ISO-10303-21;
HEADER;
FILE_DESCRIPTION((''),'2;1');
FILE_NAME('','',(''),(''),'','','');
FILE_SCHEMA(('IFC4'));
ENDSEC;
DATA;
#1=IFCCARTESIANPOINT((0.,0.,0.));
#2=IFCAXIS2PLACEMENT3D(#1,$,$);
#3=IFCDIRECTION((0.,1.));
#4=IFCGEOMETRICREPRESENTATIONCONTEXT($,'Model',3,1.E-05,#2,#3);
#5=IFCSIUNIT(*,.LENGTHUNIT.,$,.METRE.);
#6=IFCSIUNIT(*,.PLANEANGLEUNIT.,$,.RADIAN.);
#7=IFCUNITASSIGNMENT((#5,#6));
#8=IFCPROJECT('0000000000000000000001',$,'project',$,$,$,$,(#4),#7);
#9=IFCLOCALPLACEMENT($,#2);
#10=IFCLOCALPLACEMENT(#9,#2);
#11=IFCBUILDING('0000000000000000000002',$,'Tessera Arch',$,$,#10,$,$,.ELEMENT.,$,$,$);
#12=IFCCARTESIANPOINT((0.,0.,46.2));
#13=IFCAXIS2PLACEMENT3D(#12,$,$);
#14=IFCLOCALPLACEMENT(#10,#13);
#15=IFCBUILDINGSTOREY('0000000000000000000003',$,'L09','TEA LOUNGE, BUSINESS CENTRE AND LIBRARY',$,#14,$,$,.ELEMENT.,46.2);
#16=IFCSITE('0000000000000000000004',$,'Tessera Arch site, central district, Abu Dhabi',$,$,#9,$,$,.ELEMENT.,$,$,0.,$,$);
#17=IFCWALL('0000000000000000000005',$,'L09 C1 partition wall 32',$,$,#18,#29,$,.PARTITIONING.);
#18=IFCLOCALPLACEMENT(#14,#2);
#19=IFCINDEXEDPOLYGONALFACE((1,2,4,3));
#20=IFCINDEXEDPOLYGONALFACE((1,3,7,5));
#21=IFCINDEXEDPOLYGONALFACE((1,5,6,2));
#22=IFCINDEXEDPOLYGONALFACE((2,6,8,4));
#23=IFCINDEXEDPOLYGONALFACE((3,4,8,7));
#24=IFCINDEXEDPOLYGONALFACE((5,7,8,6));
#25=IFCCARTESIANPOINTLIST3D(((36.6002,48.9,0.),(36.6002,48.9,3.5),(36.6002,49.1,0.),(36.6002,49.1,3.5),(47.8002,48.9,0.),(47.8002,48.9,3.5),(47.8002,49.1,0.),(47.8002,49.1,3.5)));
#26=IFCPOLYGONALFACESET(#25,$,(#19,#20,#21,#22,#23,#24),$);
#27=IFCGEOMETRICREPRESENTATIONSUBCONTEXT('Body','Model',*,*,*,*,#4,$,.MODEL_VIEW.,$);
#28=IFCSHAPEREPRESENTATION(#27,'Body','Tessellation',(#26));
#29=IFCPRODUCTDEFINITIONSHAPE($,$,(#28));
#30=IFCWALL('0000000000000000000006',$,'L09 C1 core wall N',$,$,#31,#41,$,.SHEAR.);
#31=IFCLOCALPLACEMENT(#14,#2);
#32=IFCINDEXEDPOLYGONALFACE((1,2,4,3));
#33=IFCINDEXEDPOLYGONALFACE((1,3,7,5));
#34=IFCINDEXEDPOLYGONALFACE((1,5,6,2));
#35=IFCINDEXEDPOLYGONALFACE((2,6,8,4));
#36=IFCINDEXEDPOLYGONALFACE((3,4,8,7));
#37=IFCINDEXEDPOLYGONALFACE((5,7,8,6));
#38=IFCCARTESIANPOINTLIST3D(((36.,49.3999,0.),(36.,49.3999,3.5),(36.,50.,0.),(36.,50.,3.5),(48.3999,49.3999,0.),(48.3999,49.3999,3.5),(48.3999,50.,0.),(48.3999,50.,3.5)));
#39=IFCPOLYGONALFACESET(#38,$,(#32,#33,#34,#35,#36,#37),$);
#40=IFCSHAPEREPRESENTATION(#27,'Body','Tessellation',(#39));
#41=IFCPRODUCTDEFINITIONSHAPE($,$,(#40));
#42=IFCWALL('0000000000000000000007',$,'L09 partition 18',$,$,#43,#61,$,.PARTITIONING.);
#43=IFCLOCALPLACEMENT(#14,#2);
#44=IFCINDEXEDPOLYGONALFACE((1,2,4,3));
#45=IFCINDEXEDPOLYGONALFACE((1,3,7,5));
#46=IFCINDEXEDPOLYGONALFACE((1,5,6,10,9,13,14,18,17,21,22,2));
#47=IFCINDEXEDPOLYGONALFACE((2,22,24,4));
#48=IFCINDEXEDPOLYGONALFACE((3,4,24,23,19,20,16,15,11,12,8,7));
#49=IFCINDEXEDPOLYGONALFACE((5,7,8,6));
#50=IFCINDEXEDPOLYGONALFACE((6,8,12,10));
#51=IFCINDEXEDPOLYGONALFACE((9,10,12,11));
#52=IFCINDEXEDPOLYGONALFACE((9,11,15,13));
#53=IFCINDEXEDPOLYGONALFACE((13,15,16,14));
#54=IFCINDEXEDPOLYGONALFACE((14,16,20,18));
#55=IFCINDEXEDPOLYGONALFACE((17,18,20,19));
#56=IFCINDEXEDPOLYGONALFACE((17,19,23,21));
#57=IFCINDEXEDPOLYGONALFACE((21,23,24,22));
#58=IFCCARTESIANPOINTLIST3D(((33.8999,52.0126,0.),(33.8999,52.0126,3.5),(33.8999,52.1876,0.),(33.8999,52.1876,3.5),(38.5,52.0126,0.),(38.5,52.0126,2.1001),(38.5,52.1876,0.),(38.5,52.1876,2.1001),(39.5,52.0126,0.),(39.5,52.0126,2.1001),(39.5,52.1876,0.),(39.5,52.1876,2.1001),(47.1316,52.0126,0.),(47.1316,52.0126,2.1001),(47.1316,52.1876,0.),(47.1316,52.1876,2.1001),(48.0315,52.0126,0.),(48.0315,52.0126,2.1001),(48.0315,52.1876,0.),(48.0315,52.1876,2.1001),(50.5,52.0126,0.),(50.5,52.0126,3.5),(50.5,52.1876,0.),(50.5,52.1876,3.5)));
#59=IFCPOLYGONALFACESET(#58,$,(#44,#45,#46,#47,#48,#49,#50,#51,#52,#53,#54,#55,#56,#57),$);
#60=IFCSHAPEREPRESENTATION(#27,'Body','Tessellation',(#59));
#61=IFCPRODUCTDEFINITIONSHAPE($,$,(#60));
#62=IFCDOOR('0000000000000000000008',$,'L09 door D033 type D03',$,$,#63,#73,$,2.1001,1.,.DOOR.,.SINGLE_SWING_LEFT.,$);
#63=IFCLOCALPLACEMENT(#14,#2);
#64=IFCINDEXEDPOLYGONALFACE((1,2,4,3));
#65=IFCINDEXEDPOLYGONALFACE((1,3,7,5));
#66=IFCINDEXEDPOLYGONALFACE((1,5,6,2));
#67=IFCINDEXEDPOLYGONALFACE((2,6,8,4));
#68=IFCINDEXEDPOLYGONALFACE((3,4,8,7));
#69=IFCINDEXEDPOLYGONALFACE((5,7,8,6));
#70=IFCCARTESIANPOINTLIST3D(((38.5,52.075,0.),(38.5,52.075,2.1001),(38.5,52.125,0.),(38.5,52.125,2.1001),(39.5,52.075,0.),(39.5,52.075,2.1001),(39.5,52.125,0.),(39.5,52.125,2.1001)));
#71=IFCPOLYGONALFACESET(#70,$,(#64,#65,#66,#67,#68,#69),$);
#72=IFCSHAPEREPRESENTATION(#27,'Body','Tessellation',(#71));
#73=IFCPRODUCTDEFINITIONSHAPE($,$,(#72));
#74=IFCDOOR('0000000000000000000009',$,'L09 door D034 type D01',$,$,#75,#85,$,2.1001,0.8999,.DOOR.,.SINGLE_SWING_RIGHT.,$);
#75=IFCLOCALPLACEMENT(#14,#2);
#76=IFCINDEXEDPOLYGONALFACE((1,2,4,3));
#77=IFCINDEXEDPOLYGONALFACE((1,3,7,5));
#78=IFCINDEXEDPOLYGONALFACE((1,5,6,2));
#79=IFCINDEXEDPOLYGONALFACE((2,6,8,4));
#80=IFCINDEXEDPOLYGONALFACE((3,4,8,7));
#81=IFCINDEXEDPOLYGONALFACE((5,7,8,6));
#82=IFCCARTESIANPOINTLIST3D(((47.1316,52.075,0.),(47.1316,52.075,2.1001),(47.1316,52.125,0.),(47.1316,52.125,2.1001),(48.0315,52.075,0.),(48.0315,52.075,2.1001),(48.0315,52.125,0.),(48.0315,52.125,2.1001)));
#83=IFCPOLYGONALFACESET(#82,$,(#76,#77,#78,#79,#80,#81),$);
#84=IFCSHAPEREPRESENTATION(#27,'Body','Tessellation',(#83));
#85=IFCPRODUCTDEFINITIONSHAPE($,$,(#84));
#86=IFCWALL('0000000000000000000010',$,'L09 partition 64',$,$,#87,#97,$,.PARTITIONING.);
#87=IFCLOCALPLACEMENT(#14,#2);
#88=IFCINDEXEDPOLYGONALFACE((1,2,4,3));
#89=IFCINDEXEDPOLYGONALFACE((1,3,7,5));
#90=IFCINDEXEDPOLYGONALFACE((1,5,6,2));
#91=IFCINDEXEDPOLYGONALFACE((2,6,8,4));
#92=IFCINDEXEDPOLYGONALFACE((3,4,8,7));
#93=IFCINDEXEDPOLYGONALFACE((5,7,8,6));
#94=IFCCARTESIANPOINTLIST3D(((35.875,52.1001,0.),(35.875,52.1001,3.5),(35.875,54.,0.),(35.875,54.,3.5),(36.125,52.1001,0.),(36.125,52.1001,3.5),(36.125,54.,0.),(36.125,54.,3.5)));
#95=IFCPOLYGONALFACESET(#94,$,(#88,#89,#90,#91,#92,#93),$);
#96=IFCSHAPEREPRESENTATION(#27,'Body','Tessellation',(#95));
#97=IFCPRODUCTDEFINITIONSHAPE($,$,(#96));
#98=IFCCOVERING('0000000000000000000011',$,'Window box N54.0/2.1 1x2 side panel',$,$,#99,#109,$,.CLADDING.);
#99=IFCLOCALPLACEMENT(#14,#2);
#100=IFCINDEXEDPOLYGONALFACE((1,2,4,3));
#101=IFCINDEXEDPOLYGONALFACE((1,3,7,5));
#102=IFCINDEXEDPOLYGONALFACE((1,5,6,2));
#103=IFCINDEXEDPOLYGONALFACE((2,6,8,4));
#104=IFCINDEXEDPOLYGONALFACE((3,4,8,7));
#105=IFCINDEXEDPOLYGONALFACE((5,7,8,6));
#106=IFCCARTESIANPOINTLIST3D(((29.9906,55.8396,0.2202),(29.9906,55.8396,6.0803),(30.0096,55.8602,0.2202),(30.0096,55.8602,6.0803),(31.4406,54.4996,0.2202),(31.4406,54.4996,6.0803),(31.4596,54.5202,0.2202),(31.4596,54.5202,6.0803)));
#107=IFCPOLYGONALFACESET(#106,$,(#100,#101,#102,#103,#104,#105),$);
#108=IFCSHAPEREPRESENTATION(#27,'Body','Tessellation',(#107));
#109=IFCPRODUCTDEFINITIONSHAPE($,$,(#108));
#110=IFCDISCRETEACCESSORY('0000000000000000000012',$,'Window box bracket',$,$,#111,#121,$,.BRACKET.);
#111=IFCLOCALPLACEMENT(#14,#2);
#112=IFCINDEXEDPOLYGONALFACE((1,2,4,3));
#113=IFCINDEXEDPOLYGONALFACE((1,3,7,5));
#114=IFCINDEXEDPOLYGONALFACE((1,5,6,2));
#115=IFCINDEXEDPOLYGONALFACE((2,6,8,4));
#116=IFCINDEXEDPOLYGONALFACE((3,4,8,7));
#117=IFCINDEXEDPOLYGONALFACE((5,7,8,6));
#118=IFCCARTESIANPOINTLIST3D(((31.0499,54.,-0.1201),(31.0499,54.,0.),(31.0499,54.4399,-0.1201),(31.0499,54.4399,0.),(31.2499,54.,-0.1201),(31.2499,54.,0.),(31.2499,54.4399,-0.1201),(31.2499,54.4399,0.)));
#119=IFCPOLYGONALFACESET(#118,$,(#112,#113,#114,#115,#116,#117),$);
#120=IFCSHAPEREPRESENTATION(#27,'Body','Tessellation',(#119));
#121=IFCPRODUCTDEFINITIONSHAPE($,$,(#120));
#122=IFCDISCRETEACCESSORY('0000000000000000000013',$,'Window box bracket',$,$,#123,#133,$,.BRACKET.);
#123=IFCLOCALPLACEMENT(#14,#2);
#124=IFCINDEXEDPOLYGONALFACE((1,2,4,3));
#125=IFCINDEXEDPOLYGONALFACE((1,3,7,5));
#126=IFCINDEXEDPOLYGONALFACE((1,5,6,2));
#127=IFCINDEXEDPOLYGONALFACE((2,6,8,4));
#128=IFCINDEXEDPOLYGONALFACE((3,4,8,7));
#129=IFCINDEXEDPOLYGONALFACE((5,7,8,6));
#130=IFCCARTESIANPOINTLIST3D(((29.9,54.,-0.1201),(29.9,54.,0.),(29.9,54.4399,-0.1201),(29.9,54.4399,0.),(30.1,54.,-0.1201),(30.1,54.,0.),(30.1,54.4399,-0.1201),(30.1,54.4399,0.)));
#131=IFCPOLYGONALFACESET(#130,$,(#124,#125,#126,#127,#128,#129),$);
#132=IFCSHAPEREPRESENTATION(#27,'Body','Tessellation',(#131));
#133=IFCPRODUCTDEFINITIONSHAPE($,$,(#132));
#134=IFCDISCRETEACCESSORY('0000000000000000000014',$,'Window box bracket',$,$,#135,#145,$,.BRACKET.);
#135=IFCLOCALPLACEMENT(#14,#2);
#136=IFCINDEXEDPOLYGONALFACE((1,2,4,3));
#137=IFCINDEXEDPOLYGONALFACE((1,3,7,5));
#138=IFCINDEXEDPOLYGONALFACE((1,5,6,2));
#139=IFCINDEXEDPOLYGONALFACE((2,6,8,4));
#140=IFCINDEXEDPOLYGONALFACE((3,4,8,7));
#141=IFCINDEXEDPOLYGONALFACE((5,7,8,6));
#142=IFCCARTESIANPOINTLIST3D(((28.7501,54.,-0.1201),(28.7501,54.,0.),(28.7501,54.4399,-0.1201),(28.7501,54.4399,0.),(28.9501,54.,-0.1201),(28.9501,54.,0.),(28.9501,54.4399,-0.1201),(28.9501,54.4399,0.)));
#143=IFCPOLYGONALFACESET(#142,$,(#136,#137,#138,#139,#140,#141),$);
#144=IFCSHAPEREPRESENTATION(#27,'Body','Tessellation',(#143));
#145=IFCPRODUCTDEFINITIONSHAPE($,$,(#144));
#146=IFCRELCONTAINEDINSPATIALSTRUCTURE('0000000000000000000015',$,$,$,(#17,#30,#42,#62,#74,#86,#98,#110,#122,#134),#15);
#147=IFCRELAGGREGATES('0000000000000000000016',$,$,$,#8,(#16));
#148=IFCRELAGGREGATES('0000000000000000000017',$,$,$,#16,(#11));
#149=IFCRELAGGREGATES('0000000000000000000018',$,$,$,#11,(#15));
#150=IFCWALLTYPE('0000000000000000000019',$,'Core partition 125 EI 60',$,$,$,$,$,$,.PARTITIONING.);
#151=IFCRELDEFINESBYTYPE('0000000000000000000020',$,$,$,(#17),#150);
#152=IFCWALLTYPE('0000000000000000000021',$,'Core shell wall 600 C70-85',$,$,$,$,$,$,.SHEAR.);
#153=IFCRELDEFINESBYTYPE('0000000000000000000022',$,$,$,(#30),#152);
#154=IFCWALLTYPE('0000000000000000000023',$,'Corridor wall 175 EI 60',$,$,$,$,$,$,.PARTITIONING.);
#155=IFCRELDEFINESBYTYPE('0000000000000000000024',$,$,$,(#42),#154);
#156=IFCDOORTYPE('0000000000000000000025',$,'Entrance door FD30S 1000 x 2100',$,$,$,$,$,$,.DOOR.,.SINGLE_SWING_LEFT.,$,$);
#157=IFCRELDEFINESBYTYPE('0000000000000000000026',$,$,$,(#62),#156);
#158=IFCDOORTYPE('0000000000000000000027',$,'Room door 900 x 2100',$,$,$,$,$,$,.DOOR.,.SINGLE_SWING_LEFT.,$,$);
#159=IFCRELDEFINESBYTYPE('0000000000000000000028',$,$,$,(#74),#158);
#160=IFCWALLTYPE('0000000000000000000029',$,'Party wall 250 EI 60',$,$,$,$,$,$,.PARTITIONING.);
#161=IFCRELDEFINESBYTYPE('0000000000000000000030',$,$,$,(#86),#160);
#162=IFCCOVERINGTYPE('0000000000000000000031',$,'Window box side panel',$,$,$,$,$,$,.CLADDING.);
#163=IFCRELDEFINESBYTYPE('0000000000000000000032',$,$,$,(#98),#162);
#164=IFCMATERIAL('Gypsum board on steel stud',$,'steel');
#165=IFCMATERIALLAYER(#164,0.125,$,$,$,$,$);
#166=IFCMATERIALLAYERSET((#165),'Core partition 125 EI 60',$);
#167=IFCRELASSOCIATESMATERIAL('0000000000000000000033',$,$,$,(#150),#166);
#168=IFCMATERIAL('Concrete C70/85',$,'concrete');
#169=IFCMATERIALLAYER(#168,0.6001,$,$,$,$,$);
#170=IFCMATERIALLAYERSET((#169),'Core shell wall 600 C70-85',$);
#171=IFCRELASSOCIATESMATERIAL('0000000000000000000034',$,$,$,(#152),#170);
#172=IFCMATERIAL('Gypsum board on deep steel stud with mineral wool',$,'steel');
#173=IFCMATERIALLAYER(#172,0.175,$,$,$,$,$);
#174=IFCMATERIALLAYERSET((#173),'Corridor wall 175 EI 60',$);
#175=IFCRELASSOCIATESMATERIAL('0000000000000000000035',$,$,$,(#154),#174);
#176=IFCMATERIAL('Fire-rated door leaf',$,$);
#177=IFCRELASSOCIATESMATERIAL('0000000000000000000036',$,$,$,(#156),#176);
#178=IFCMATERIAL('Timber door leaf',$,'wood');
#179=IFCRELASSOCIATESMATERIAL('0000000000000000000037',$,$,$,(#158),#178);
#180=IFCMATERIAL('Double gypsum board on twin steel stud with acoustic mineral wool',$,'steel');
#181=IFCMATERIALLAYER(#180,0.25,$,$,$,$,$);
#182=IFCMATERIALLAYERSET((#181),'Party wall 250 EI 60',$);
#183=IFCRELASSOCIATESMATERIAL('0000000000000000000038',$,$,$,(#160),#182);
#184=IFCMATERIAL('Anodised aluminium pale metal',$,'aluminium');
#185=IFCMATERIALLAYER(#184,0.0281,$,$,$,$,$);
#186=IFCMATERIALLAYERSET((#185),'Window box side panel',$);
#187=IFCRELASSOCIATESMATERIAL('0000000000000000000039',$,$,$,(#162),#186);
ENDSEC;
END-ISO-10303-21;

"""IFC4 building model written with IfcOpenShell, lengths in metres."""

from ifc_helpers import new_model, si_unit, direction, frame, frame_2d, origin, origin_2d, place, context, subcontext, project, spatial, rectangle, extrude, material, layer, layer_set, type_object, element, fill, save


model = new_model("IFC4")

# Units and contexts
model_context = context("Model", 3, precision=1e-05, world=origin(), true_north=direction((0.0, 1.0)))
body_context = subcontext(model_context, "Body", "Model", "MODEL_VIEW")
ifc_project = project(units=[si_unit("LENGTHUNIT", "METRE"), si_unit("PLANEANGLEUNIT", "RADIAN")], contexts=[model_context])

# Site, building, storey
site_placement = place(None, origin())
site = spatial("IfcSite", under=ifc_project, at=site_placement, Name="Tessera Arch site, central district, Abu Dhabi", CompositionType="ELEMENT", RefElevation=0.0)
building_placement = place(site_placement, origin())
building = spatial("IfcBuilding", under=site, at=building_placement, Name="Tessera Arch", CompositionType="ELEMENT")
storey_placement = place(building_placement, frame((0.0, 0.0, 46.2)))
storey = spatial("IfcBuildingStorey", under=building, at=storey_placement, Name="L09", Description="TEA LOUNGE, BUSINESS CENTRE AND LIBRARY", CompositionType="ELEMENT", Elevation=46.2)

# Walls
ifc_material_1 = material(Name="Gypsum board on steel stud", Category="steel")
ifc_layer_1 = layer(ifc_material_1, 0.125)
ifc_layer_set_1 = layer_set([ifc_layer_1], Name="Core partition 125 EI 60")
wall_type_1 = type_object("IfcWallType", Name="Core partition 125 EI 60", PredefinedType="PARTITIONING", material=ifc_layer_set_1)
wall_1_placement = place(storey_placement, frame((36.6001, 49.0, 0.0), z_axis=(0.0, 0.0, 1.0), x_axis=(1.0, 0.0, 0.0)))
element("IfcWall", 1, at=wall_1_placement, inside=storey, type_object=wall_type_1, Name="L09 C1 partition wall 32", PredefinedType="PARTITIONING", context=body_context, shape_type="SweptSolid", body=[
    extrude(rectangle(XDim=11.2, YDim=0.2, at=frame_2d((5.6001, 0.0))), origin(), (0.0, 0.0, 1.0), 3.5),
])
ifc_material_2 = material(Name="Concrete C70/85", Category="concrete")
ifc_layer_2 = layer(ifc_material_2, 0.6001)
ifc_layer_set_2 = layer_set([ifc_layer_2], Name="Core shell wall 600 C70-85")
wall_type_2 = type_object("IfcWallType", Name="Core shell wall 600 C70-85", PredefinedType="SHEAR", material=ifc_layer_set_2)
wall_2_placement = place(storey_placement, frame((36.0, 49.7, 0.0), z_axis=(0.0, 0.0, 1.0), x_axis=(1.0, 0.0, 0.0)))
element("IfcWall", 2, at=wall_2_placement, inside=storey, type_object=wall_type_2, Name="L09 C1 core wall N", PredefinedType="SHEAR", context=body_context, shape_type="SweptSolid", body=[
    extrude(rectangle(XDim=12.3999, YDim=0.6001, at=frame_2d((6.2, 0.0))), origin(), (0.0, 0.0, 1.0), 3.5),
])

# Wall, openings, doors
ifc_material_3 = material(Name="Gypsum board on deep steel stud with mineral wool", Category="steel")
ifc_layer_3 = layer(ifc_material_3, 0.175)
ifc_layer_set_3 = layer_set([ifc_layer_3], Name="Corridor wall 175 EI 60")
wall_type_3 = type_object("IfcWallType", Name="Corridor wall 175 EI 60", PredefinedType="PARTITIONING", material=ifc_layer_set_3)
wall_3_placement = place(storey_placement, frame((33.8999, 52.1001, 0.0), z_axis=(0.0, 0.0, 1.0), x_axis=(1.0, 0.0, 0.0)))
wall_3 = element("IfcWall", 3, at=wall_3_placement, inside=storey, type_object=wall_type_3, Name="L09 partition 18", PredefinedType="PARTITIONING", context=body_context, shape_type="SweptSolid", body=[
    extrude(rectangle(XDim=16.6001, YDim=0.175, at=frame_2d((8.3, 0.0))), origin(), (0.0, 0.0, 1.0), 3.5),
])
opening_1_placement = place(wall_3_placement, frame((4.6001, 0.0, 0.0)))
opening_1 = element("IfcOpeningElement", 4, at=opening_1_placement, cuts=wall_3, PredefinedType="OPENING", context=body_context, shape_type="SweptSolid", body=[
    extrude(rectangle(XDim=1.0, YDim=2.1001, at=frame_2d((0.5, 1.05))), frame((0.0, 0.0974, 0.0), z_axis=(0.0, -1.0, 0.0), x_axis=(1.0, 0.0, 0.0)), (0.0, 0.0, 1.0), 0.1951),
])
opening_2_placement = place(wall_3_placement, frame((13.2317, 0.0, 0.0)))
opening_2 = element("IfcOpeningElement", 5, at=opening_2_placement, cuts=wall_3, PredefinedType="OPENING", context=body_context, shape_type="SweptSolid", body=[
    extrude(rectangle(XDim=0.8999, YDim=2.1001, at=frame_2d((0.45, 1.05))), frame((0.0, 0.0974, 0.0), z_axis=(0.0, -1.0, 0.0), x_axis=(1.0, 0.0, 0.0)), (0.0, 0.0, 1.0), 0.1951),
])
ifc_material_4 = material(Name="Fire-rated door leaf")
door_type_1 = type_object("IfcDoorType", Name="Entrance door FD30S 1000 x 2100", OperationType="SINGLE_SWING_LEFT", PredefinedType="DOOR", material=ifc_material_4)
door_1_placement = place(opening_1_placement, origin())
door_1 = element("IfcDoor", 6, at=door_1_placement, inside=storey, type_object=door_type_1, Name="L09 door D033 type D03", OperationType="SINGLE_SWING_LEFT", OverallHeight=2.1001, OverallWidth=1.0, PredefinedType="DOOR", context=body_context, shape_type="SweptSolid", body=[
    extrude(rectangle(XDim=1.0, YDim=2.1001, at=frame_2d((0.5, 1.05))), frame((0.0, 0.0249, 0.0), z_axis=(0.0, -1.0, 0.0), x_axis=(1.0, 0.0, 0.0)), (0.0, 0.0, 1.0), 0.05),
])
fill(opening_1, door_1)
ifc_material_5 = material(Name="Timber door leaf", Category="wood")
door_type_2 = type_object("IfcDoorType", Name="Room door 900 x 2100", OperationType="SINGLE_SWING_LEFT", PredefinedType="DOOR", material=ifc_material_5)
door_2_placement = place(opening_2_placement, origin())
door_2 = element("IfcDoor", 7, at=door_2_placement, inside=storey, type_object=door_type_2, Name="L09 door D034 type D01", OperationType="SINGLE_SWING_RIGHT", OverallHeight=2.1001, OverallWidth=0.8999, PredefinedType="DOOR", context=body_context, shape_type="SweptSolid", body=[
    extrude(rectangle(XDim=0.8999, YDim=2.1001, at=frame_2d((0.45, 1.05))), frame((0.0, 0.0249, 0.0), z_axis=(0.0, -1.0, 0.0), x_axis=(1.0, 0.0, 0.0)), (0.0, 0.0, 1.0), 0.05),
])
fill(opening_2, door_2)

# Wall
ifc_material_6 = material(Name="Double gypsum board on twin steel stud with acoustic mineral wool", Category="steel")
ifc_layer_4 = layer(ifc_material_6, 0.25)
ifc_layer_set_4 = layer_set([ifc_layer_4], Name="Party wall 250 EI 60")
wall_type_4 = type_object("IfcWallType", Name="Party wall 250 EI 60", PredefinedType="PARTITIONING", material=ifc_layer_set_4)
wall_4_placement = place(storey_placement, frame((36.0, 52.1001, 0.0), z_axis=(0.0, 0.0, 1.0), x_axis=(0.0, 1.0, 0.0)))
element("IfcWall", 8, at=wall_4_placement, inside=storey, type_object=wall_type_4, Name="L09 partition 64", PredefinedType="PARTITIONING", context=body_context, shape_type="SweptSolid", body=[
    extrude(rectangle(XDim=1.8999, YDim=0.25, at=frame_2d((0.95, 0.0))), origin(), (0.0, 0.0, 1.0), 3.5),
])

# Covering
ifc_material_7 = material(Name="Anodised aluminium pale metal", Category="aluminium")
ifc_layer_5 = layer(ifc_material_7, 0.0281)
ifc_layer_set_5 = layer_set([ifc_layer_5], Name="Window box side panel")
covering_type = type_object("IfcCoveringType", Name="Window box side panel", PredefinedType="CLADDING", material=ifc_layer_set_5)
covering_placement = place(storey_placement, frame((30.7251, 55.1799, 0.2202), z_axis=(0.0, 0.0, 1.0), x_axis=(-0.734415, 0.678701, 0.0)))
element("IfcCovering", 9, at=covering_placement, inside=storey, type_object=covering_type, Name="Window box N54.0/2.1 1x2 side panel", PredefinedType="CLADDING", context=body_context, shape_type="SweptSolid", body=[
    extrude(rectangle(XDim=1.9744, YDim=0.0281, at=origin_2d()), origin(), (0.0, 0.0, 1.0), 5.8601),
])

# Discrete accessories
for number, where, z_axis, x_axis, name in (
    (10, (31.1499, 54.22, -0.1201), (0.0, 0.0, 1.0), (0.0, 1.0, 0.0), "Window box bracket"),
    (11, (30.0, 54.22, -0.1201), (0.0, 0.0, 1.0), (0.0, 1.0, 0.0), "Window box bracket"),
    (12, (28.8501, 54.22, -0.1201), (0.0, 0.0, 1.0), (0.0, 1.0, 0.0), "Window box bracket"),
):
    element("IfcDiscreteAccessory", number, at=place(storey_placement, frame(where, z_axis=z_axis, x_axis=x_axis)), inside=storey, Name=name, PredefinedType="BRACKET", context=body_context, shape_type="SweptSolid", body=[
        extrude(rectangle(XDim=0.4399, YDim=0.2, at=origin_2d()), origin(), (0.0, 0.0, 1.0), 0.1201),
    ])

save(model, "model.ifc")
